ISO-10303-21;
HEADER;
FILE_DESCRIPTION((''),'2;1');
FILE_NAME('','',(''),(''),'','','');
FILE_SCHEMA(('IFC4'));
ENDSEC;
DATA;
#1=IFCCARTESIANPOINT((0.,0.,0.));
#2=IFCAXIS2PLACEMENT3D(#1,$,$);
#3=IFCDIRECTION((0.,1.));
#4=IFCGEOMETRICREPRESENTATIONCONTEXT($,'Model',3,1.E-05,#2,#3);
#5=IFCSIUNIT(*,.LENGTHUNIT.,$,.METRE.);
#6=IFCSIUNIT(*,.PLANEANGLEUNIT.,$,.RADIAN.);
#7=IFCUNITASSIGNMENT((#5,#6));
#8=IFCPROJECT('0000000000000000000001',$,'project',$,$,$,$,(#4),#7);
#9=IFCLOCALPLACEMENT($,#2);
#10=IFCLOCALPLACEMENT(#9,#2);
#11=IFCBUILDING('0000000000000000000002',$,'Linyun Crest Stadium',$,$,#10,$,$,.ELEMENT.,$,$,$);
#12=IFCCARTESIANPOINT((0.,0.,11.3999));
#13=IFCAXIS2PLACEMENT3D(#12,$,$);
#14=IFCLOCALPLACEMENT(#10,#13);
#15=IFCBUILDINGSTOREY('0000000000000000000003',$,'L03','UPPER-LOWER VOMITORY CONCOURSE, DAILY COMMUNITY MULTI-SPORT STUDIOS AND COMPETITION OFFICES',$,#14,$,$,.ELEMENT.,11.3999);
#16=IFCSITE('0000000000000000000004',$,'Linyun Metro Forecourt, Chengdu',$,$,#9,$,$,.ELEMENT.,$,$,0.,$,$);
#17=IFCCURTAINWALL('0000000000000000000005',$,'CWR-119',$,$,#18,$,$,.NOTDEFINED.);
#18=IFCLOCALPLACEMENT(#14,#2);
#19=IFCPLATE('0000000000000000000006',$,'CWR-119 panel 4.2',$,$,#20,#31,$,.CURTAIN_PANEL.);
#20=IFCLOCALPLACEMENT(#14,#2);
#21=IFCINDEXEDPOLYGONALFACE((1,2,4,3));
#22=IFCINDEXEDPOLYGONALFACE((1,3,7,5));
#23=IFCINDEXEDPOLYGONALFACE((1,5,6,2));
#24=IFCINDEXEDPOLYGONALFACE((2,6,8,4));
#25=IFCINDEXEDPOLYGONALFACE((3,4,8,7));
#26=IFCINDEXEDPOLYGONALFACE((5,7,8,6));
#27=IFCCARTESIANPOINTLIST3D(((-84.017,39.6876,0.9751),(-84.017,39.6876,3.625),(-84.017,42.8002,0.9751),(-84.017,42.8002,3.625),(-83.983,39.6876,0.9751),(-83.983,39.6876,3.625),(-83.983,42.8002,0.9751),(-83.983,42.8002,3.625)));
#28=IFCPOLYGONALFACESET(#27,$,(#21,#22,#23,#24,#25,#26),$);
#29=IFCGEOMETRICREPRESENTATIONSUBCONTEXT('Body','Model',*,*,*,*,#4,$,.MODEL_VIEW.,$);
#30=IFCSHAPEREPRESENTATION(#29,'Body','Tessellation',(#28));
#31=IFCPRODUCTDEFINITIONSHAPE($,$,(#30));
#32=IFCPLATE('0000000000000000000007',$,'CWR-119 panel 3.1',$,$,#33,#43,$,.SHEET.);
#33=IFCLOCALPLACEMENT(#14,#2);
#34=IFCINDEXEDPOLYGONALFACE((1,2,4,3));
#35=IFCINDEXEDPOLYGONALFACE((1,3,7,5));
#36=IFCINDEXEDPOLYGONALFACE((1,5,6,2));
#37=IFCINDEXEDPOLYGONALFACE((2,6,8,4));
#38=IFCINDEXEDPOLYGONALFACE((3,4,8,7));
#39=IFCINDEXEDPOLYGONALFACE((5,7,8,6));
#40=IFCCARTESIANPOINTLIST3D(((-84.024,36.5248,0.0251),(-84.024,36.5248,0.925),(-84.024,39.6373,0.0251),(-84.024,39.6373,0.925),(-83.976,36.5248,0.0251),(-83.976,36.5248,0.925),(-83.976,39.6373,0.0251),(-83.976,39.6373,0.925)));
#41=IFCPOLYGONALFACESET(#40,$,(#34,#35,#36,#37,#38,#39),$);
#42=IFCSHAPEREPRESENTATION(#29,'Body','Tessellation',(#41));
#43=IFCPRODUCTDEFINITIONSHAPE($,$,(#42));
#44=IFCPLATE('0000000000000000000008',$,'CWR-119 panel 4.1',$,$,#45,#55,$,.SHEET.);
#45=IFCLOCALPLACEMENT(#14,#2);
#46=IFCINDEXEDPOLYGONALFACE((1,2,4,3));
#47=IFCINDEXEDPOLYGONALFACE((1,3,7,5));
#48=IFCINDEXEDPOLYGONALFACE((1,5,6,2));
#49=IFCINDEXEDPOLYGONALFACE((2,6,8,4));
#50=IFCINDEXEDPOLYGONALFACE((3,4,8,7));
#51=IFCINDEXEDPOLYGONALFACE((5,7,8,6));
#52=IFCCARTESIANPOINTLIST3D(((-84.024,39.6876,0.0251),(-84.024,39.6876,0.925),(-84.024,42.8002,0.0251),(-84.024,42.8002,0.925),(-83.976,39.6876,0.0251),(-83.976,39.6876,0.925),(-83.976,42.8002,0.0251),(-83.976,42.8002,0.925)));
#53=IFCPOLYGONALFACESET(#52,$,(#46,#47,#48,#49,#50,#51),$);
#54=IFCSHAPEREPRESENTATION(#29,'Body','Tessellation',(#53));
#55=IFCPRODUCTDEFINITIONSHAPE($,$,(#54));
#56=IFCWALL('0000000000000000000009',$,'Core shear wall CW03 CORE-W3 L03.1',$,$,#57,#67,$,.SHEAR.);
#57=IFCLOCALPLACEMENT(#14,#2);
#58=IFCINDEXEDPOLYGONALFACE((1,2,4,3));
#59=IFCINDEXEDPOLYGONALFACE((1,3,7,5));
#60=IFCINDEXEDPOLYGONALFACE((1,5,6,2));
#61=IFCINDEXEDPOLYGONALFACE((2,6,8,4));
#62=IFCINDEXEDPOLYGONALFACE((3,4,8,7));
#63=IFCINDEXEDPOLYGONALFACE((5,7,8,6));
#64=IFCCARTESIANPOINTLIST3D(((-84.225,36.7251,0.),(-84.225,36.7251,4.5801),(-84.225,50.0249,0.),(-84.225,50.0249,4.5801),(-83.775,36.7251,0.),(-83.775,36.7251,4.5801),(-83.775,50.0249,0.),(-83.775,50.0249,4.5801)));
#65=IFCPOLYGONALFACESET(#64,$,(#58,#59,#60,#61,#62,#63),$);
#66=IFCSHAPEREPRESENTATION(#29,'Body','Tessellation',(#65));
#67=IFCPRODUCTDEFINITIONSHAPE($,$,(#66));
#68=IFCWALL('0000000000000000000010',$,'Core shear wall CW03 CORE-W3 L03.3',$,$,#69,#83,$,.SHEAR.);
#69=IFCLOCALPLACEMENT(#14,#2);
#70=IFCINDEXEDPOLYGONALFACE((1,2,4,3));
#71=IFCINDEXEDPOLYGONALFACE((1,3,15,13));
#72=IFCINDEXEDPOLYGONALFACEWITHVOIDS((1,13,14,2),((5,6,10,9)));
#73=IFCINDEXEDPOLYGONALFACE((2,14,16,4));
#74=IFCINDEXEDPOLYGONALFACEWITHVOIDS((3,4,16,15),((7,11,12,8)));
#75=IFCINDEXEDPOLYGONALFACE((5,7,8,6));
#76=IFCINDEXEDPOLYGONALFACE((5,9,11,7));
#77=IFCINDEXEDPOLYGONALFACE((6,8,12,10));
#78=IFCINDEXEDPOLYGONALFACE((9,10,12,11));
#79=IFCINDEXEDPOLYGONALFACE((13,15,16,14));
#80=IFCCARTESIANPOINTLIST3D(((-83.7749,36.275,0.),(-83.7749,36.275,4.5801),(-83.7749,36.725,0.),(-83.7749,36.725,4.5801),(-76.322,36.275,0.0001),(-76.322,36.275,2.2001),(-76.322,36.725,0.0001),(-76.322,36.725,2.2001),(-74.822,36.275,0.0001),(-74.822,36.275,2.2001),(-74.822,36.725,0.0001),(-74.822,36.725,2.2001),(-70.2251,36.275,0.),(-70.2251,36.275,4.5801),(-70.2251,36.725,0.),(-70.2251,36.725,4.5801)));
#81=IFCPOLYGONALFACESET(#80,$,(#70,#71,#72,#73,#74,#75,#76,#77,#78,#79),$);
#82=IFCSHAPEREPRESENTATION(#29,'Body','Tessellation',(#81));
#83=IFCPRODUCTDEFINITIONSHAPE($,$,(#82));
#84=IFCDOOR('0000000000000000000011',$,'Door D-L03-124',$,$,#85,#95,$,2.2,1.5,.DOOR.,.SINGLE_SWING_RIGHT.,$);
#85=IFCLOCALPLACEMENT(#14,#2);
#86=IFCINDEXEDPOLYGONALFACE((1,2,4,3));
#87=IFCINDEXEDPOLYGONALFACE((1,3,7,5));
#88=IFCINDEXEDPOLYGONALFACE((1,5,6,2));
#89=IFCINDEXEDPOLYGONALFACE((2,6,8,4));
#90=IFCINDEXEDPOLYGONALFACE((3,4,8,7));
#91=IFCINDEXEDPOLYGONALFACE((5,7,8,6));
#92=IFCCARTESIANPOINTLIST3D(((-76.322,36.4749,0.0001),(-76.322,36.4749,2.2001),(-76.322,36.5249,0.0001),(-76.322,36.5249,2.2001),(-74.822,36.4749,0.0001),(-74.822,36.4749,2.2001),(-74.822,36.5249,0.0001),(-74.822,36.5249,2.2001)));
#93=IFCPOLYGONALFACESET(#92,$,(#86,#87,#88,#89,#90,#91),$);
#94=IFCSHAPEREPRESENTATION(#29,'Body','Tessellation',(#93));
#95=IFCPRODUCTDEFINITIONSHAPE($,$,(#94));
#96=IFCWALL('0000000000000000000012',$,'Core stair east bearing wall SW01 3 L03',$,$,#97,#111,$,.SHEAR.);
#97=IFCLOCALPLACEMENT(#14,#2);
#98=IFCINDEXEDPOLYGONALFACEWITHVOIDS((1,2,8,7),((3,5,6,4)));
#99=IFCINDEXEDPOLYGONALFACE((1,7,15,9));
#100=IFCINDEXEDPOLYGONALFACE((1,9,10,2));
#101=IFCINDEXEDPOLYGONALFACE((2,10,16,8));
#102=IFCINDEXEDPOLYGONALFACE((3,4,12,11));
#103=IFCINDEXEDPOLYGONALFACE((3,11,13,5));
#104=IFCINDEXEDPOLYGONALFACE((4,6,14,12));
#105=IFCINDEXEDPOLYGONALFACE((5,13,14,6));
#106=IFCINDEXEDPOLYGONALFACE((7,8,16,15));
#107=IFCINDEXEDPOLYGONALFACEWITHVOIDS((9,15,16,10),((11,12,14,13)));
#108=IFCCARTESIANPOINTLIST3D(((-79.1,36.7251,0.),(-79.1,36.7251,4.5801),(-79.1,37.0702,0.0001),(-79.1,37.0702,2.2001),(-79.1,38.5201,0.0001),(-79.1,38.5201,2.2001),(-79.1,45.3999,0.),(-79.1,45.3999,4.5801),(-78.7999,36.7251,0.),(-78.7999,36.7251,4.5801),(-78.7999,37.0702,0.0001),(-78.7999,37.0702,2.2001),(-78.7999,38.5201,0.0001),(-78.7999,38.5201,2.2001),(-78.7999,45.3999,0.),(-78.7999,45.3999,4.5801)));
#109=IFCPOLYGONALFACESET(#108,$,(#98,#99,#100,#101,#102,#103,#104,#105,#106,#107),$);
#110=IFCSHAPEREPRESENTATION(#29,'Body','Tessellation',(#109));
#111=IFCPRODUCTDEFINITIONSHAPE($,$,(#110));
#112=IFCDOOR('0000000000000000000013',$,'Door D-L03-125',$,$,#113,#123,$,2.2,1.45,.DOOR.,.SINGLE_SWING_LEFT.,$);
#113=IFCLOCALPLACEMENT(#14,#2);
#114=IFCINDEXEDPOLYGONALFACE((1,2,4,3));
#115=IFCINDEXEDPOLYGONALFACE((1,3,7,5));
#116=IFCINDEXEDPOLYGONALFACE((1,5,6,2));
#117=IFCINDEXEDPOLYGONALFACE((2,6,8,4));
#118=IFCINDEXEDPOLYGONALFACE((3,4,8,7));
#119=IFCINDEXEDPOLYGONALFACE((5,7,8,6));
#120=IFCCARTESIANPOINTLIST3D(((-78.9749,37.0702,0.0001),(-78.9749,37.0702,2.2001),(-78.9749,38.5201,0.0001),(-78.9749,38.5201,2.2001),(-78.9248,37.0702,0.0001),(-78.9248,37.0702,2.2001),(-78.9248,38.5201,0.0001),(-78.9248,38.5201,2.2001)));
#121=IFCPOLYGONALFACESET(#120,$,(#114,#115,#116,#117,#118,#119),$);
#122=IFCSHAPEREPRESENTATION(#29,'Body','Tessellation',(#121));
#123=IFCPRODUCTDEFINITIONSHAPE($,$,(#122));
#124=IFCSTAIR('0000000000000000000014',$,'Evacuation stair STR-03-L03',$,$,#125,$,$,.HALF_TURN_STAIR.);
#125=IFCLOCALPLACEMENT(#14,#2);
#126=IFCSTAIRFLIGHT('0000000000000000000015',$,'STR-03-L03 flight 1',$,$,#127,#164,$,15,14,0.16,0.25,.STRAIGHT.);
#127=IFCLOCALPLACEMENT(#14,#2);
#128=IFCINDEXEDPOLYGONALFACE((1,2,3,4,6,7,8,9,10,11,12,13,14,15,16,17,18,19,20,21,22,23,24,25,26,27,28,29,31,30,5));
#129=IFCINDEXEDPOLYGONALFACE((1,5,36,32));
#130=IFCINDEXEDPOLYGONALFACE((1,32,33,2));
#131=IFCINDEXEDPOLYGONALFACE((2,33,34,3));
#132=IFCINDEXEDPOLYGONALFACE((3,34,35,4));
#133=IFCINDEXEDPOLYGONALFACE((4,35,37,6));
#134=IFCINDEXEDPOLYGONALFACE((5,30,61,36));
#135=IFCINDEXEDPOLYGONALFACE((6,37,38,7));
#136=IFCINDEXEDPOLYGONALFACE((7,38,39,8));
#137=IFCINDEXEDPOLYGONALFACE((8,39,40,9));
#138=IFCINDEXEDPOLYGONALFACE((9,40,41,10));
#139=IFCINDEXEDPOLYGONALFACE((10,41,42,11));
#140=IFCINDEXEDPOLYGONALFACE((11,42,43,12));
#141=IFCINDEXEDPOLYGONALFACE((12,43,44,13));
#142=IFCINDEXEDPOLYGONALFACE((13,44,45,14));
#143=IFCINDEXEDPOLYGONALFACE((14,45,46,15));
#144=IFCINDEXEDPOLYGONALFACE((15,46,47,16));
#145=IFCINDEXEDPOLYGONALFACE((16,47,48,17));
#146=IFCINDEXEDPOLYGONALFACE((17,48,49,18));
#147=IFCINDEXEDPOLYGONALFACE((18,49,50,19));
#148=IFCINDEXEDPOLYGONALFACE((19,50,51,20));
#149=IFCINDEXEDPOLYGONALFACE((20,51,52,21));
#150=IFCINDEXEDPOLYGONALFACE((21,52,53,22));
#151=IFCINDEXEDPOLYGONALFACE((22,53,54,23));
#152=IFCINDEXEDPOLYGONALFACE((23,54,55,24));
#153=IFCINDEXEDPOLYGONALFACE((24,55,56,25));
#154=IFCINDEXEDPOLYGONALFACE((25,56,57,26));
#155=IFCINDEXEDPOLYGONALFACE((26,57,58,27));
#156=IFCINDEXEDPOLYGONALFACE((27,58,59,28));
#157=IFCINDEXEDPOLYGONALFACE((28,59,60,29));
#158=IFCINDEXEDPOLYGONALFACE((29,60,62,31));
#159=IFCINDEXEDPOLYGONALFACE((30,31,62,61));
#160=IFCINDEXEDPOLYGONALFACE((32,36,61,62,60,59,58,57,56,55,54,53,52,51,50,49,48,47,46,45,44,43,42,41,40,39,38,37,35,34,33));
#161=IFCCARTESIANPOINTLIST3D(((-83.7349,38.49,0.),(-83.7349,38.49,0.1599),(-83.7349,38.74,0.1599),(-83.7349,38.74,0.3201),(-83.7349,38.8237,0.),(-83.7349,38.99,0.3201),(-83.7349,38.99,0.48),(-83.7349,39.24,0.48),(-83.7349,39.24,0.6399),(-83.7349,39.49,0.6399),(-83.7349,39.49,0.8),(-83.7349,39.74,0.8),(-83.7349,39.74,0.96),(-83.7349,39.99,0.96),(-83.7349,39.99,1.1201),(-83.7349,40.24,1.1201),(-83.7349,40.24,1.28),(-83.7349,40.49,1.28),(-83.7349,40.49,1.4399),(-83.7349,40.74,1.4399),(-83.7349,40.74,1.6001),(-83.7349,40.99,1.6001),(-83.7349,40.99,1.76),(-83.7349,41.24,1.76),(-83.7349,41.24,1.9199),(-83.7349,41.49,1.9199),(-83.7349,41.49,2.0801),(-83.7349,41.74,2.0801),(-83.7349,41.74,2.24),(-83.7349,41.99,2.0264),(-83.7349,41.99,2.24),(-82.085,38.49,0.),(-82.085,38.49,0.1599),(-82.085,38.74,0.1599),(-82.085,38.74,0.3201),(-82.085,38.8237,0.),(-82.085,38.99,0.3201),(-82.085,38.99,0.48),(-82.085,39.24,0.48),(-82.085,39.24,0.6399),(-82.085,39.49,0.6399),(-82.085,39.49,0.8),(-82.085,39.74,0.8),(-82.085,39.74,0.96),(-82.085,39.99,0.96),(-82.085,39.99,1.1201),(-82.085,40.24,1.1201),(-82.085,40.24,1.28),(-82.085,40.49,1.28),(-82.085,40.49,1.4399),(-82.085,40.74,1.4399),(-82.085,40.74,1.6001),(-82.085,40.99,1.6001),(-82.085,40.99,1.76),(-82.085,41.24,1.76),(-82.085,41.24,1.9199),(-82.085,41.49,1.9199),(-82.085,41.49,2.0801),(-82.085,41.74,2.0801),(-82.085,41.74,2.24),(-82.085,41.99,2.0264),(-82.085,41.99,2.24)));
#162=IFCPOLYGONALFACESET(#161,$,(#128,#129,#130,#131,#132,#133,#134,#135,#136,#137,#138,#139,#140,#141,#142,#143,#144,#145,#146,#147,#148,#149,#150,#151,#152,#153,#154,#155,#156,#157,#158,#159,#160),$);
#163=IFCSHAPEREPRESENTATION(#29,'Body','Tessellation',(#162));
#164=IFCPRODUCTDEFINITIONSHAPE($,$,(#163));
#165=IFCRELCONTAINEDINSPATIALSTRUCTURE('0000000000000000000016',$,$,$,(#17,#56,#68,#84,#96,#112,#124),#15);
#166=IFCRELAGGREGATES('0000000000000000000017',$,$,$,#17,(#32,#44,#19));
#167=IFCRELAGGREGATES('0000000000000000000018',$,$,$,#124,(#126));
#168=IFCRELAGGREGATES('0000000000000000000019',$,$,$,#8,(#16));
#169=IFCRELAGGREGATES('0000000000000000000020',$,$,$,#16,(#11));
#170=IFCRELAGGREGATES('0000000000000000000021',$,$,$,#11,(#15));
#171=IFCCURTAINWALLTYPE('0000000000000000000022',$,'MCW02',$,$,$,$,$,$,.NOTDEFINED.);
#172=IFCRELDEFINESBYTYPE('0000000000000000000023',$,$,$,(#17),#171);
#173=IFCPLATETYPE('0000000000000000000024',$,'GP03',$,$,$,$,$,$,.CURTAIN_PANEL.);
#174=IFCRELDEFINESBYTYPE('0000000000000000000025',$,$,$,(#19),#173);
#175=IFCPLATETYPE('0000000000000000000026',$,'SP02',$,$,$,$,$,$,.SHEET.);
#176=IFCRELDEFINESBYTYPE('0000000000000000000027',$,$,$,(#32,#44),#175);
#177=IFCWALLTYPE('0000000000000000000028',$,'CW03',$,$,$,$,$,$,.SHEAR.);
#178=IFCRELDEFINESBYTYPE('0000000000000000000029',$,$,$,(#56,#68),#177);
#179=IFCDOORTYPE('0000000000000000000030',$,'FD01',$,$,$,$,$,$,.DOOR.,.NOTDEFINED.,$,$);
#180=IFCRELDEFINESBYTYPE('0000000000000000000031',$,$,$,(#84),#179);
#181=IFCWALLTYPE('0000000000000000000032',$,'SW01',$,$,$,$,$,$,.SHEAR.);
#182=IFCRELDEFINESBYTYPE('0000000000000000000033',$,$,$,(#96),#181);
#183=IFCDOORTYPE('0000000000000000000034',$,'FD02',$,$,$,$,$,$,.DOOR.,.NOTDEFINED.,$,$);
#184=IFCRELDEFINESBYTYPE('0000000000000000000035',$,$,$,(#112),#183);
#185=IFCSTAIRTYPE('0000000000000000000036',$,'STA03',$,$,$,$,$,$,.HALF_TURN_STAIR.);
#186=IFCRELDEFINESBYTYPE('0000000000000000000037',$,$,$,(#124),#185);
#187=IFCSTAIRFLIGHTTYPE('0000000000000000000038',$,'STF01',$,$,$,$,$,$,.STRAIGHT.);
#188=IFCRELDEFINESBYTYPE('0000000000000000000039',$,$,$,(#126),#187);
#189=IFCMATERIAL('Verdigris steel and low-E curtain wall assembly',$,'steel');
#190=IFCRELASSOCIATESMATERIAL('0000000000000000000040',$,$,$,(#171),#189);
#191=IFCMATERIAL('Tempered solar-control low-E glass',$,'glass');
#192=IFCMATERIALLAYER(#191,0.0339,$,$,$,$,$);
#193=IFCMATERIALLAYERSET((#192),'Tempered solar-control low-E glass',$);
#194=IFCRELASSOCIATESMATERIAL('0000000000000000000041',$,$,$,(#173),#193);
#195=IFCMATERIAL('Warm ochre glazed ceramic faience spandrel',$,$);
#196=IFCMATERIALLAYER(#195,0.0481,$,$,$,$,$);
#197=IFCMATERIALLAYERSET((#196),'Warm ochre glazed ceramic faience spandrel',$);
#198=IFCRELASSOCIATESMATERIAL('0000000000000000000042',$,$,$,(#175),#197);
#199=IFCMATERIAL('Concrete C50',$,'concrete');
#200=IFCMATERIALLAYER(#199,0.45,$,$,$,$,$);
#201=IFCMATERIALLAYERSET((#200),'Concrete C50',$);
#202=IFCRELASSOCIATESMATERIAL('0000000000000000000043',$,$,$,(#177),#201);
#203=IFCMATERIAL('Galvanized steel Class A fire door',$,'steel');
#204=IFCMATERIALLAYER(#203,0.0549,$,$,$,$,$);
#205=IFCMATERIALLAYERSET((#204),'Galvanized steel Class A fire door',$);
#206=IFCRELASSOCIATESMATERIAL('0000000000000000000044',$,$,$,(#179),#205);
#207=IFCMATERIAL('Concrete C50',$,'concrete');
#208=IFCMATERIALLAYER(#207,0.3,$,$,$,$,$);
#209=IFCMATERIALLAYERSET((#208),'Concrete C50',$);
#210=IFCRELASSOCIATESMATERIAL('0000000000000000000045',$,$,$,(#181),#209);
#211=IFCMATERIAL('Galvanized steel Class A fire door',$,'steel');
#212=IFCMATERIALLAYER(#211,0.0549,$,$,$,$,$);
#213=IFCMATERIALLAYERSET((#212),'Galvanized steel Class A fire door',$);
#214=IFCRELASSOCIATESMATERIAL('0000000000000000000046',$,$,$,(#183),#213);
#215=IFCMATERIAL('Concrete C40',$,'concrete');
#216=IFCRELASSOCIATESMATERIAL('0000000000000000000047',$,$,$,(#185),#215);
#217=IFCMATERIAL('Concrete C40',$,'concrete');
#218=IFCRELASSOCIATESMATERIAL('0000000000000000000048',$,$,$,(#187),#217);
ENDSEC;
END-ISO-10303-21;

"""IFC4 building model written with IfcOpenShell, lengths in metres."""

from ifc_helpers import new_model, si_unit, direction, frame, frame_2d, origin, origin_2d, place, context, subcontext, project, spatial, polyline, rectangle, outline, extrude, material, layer, layer_set, type_object, element, fill, aggregate, save


model = new_model("IFC4")

# Units and contexts
model_context = context("Model", 3, precision=1e-05, world=origin(), true_north=direction((0.0, 1.0)))
body_context = subcontext(model_context, "Body", "Model", "MODEL_VIEW")
ifc_project = project(units=[si_unit("LENGTHUNIT", "METRE"), si_unit("PLANEANGLEUNIT", "RADIAN")], contexts=[model_context])

# Site, building, storey
site_placement = place(None, origin())
site = spatial("IfcSite", under=ifc_project, at=site_placement, Name="Linyun Metro Forecourt, Chengdu", CompositionType="ELEMENT", RefElevation=0.0)
building_placement = place(site_placement, origin())
building = spatial("IfcBuilding", under=site, at=building_placement, Name="Linyun Crest Stadium", CompositionType="ELEMENT")
storey_placement = place(building_placement, frame((0.0, 0.0, 11.3999)))
storey = spatial("IfcBuildingStorey", under=building, at=storey_placement, Name="L03", Description="UPPER-LOWER VOMITORY CONCOURSE, DAILY COMMUNITY MULTI-SPORT STUDIOS AND COMPETITION OFFICES", CompositionType="ELEMENT", Elevation=11.3999)

# Curtain wall, plates
ifc_material_1 = material(Name="Verdigris steel and low-E curtain wall assembly", Category="steel")
curtain_wall_type = type_object("IfcCurtainWallType", Name="MCW02", PredefinedType="NOTDEFINED", material=ifc_material_1)
curtain_wall_placement = place(storey_placement, origin())
curtain_wall = element("IfcCurtainWall", 1, at=curtain_wall_placement, inside=storey, type_object=curtain_wall_type, Name="CWR-119", PredefinedType="NOTDEFINED")
ifc_material_2 = material(Name="Tempered solar-control low-E glass", Category="glass")
ifc_layer_1 = layer(ifc_material_2, 0.0339)
ifc_layer_set_1 = layer_set([ifc_layer_1], Name="Tempered solar-control low-E glass")
plate_type_1 = type_object("IfcPlateType", Name="GP03", PredefinedType="CURTAIN_PANEL", material=ifc_layer_set_1)
plate_1_placement = place(storey_placement, frame((-84.0, 41.2439, 0.9751), z_axis=(0.0, 0.0, 1.0), x_axis=(0.0, 1.0, 0.0)))
plate_1 = element("IfcPlate", 2, at=plate_1_placement, type_object=plate_type_1, Name="CWR-119 panel 4.2", PredefinedType="CURTAIN_PANEL", context=body_context, shape_type="SweptSolid", body=[
    extrude(rectangle(XDim=3.1125, YDim=0.0339, at=origin_2d()), origin(), (0.0, 0.0, 1.0), 2.6499),
])
ifc_material_3 = material(Name="Warm ochre glazed ceramic faience spandrel")
ifc_layer_2 = layer(ifc_material_3, 0.0481)
ifc_layer_set_2 = layer_set([ifc_layer_2], Name="Warm ochre glazed ceramic faience spandrel")
plate_type_2 = type_object("IfcPlateType", Name="SP02", PredefinedType="SHEET", material=ifc_layer_set_2)
plate_2_placement = place(storey_placement, frame((-84.0, 38.0811, 0.0251), z_axis=(0.0, 0.0, 1.0), x_axis=(0.0, 1.0, 0.0)))
plate_2 = element("IfcPlate", 3, at=plate_2_placement, type_object=plate_type_2, Name="CWR-119 panel 3.1", PredefinedType="SHEET", context=body_context, shape_type="SweptSolid", body=[
    extrude(rectangle(XDim=3.1125, YDim=0.0481, at=origin_2d()), origin(), (0.0, 0.0, 1.0), 0.8999),
])
plate_3_placement = place(storey_placement, frame((-84.0, 41.2439, 0.0251), z_axis=(0.0, 0.0, 1.0), x_axis=(0.0, 1.0, 0.0)))
plate_3 = element("IfcPlate", 4, at=plate_3_placement, type_object=plate_type_2, Name="CWR-119 panel 4.1", PredefinedType="SHEET", context=body_context, shape_type="SweptSolid", body=[
    extrude(rectangle(XDim=3.1125, YDim=0.0481, at=origin_2d()), origin(), (0.0, 0.0, 1.0), 0.8999),
])
aggregate(curtain_wall, [plate_2, plate_3, plate_1])

# Wall
ifc_material_4 = material(Name="Concrete C50", Category="concrete")
ifc_layer_3 = layer(ifc_material_4, 0.45)
ifc_layer_set_3 = layer_set([ifc_layer_3], Name="Concrete C50")
wall_type_1 = type_object("IfcWallType", Name="CW03", PredefinedType="SHEAR", material=ifc_layer_set_3)
wall_1_placement = place(storey_placement, frame((-84.0, 36.7251, 0.0), z_axis=(0.0, 0.0, 1.0), x_axis=(0.0, 1.0, 0.0)))
element("IfcWall", 5, at=wall_1_placement, inside=storey, type_object=wall_type_1, Name="Core shear wall CW03 CORE-W3 L03.1", PredefinedType="SHEAR", context=body_context, shape_type="SweptSolid", body=[
    extrude(rectangle(XDim=13.2998, YDim=0.45, at=frame_2d((6.6499, 0.0))), origin(), (0.0, 0.0, 1.0), 4.5801),
])

# Walls, openings, doors
wall_2_placement = place(storey_placement, frame((-83.7749, 36.5, 0.0), z_axis=(0.0, 0.0, 1.0), x_axis=(1.0, 0.0, 0.0)))
wall_2 = element("IfcWall", 6, at=wall_2_placement, inside=storey, type_object=wall_type_1, Name="Core shear wall CW03 CORE-W3 L03.3", PredefinedType="SHEAR", context=body_context, shape_type="SweptSolid", body=[
    extrude(rectangle(XDim=13.5498, YDim=0.45, at=frame_2d((6.7749, 0.0))), origin(), (0.0, 0.0, 1.0), 4.5801),
])
opening_1_placement = place(wall_2_placement, frame((7.4529, 0.0, 0.0)))
opening_1 = element("IfcOpeningElement", 7, at=opening_1_placement, cuts=wall_2, PredefinedType="OPENING", context=body_context, shape_type="SweptSolid", body=[
    extrude(rectangle(XDim=1.5, YDim=2.2, at=frame_2d((0.75, 1.1001))), frame((0.0, 0.2349, 0.0), z_axis=(0.0, -1.0, 0.0), x_axis=(1.0, 0.0, 0.0)), (0.0, 0.0, 1.0), 0.47),
])
ifc_material_5 = material(Name="Galvanized steel Class A fire door", Category="steel")
ifc_layer_4 = layer(ifc_material_5, 0.0549)
ifc_layer_set_4 = layer_set([ifc_layer_4], Name="Galvanized steel Class A fire door")
door_type_1 = type_object("IfcDoorType", Name="FD01", OperationType="NOTDEFINED", PredefinedType="DOOR", material=ifc_layer_set_4)
door_1_placement = place(opening_1_placement, origin())
door_1 = element("IfcDoor", 8, at=door_1_placement, inside=storey, type_object=door_type_1, Name="Door D-L03-124", OperationType="SINGLE_SWING_RIGHT", OverallHeight=2.2, OverallWidth=1.5, PredefinedType="DOOR", context=body_context, shape_type="SweptSolid", body=[
    extrude(rectangle(XDim=1.5, YDim=2.2, at=frame_2d((0.75, 1.1001))), frame((0.0, 0.0249, 0.0), z_axis=(0.0, -1.0, 0.0), x_axis=(1.0, 0.0, 0.0)), (0.0, 0.0, 1.0), 0.05),
])
fill(opening_1, door_1)
ifc_material_6 = material(Name="Concrete C50", Category="concrete")
ifc_layer_5 = layer(ifc_material_6, 0.3)
ifc_layer_set_5 = layer_set([ifc_layer_5], Name="Concrete C50")
wall_type_2 = type_object("IfcWallType", Name="SW01", PredefinedType="SHEAR", material=ifc_layer_set_5)
wall_3_placement = place(storey_placement, frame((-78.95, 36.7251, 0.0), z_axis=(0.0, 0.0, 1.0), x_axis=(0.0, 1.0, 0.0)))
wall_3 = element("IfcWall", 9, at=wall_3_placement, inside=storey, type_object=wall_type_2, Name="Core stair east bearing wall SW01 3 L03", PredefinedType="SHEAR", context=body_context, shape_type="SweptSolid", body=[
    extrude(rectangle(XDim=8.6748, YDim=0.3, at=frame_2d((4.3374, 0.0))), origin(), (0.0, 0.0, 1.0), 4.5801),
])
opening_2_placement = place(wall_3_placement, frame((0.345, 0.0, 0.0)))
opening_2 = element("IfcOpeningElement", 10, at=opening_2_placement, cuts=wall_3, PredefinedType="OPENING", context=body_context, shape_type="SweptSolid", body=[
    extrude(rectangle(XDim=1.45, YDim=2.2, at=frame_2d((0.7251, 1.1001))), frame((0.0, 0.1599, 0.0), z_axis=(0.0, -1.0, 0.0), x_axis=(1.0, 0.0, 0.0)), (0.0, 0.0, 1.0), 0.3201),
])
ifc_material_7 = material(Name="Galvanized steel Class A fire door", Category="steel")
ifc_layer_6 = layer(ifc_material_7, 0.0549)
ifc_layer_set_6 = layer_set([ifc_layer_6], Name="Galvanized steel Class A fire door")
door_type_2 = type_object("IfcDoorType", Name="FD02", OperationType="NOTDEFINED", PredefinedType="DOOR", material=ifc_layer_set_6)
door_2_placement = place(opening_2_placement, origin())
door_2 = element("IfcDoor", 11, at=door_2_placement, inside=storey, type_object=door_type_2, Name="Door D-L03-125", OperationType="SINGLE_SWING_LEFT", OverallHeight=2.2, OverallWidth=1.45, PredefinedType="DOOR", context=body_context, shape_type="SweptSolid", body=[
    extrude(rectangle(XDim=1.45, YDim=2.2, at=frame_2d((0.7251, 1.1001))), frame((0.0, 0.0249, 0.0), z_axis=(0.0, -1.0, 0.0), x_axis=(1.0, 0.0, 0.0)), (0.0, 0.0, 1.0), 0.05),
])
fill(opening_2, door_2)

# Stair, stair flight
ifc_material_8 = material(Name="Concrete C40", Category="concrete")
stair_type = type_object("IfcStairType", Name="STA03", PredefinedType="HALF_TURN_STAIR", material=ifc_material_8)
stair_placement = place(storey_placement, origin())
stair = element("IfcStair", 12, at=stair_placement, inside=storey, type_object=stair_type, Name="Evacuation stair STR-03-L03", PredefinedType="HALF_TURN_STAIR")
ifc_material_9 = material(Name="Concrete C40", Category="concrete")
stair_flight_type = type_object("IfcStairFlightType", Name="STF01", PredefinedType="STRAIGHT", material=ifc_material_9)
stair_flight_1_placement = place(storey_placement, frame((-82.9099, 38.49, 0.0), z_axis=(0.0, 0.0, 1.0), x_axis=(0.0, 1.0, 0.0)))
stair_flight_1 = element("IfcStairFlight", 13, at=stair_flight_1_placement, type_object=stair_flight_type, Name="STR-03-L03 flight 1", NumberOfRisers=15, NumberOfTreads=14, PredefinedType="STRAIGHT", RiserHeight=0.16, TreadLength=0.25, context=body_context, shape_type="SweptSolid", body=[
    extrude(outline(polyline([(0.0, 0.0), (0.0, 0.1599), (0.25, 0.1599), (0.25, 0.3201), (0.5, 0.3201), (0.5, 0.48), (0.75, 0.48), (0.75, 0.6399), (1.0, 0.6399), (1.0, 0.8), (1.25, 0.8), (1.25, 0.96), (1.5, 0.96), (1.5, 1.1201), (1.75, 1.1201), (1.75, 1.28), (2.0, 1.28), (2.0, 1.4399), (2.25, 1.4399), (2.25, 1.6001), (2.5, 1.6001), (2.5, 1.76), (2.75, 1.76), (2.75, 1.9199), (3.0, 1.9199), (3.0, 2.0801), (3.25, 2.0801), (3.25, 2.24), (3.5, 2.24), (3.5, 2.3999), (3.5, 2.0264), (0.3337, 0.0), (0.0, 0.0)])), frame((0.0, 0.825, 0.0), z_axis=(0.0, -1.0, 0.0), x_axis=(1.0, 0.0, 0.0)), (0.0, 0.0, 1.0), 1.6499),
])
aggregate(stair, [stair_flight_1])

save(model, "model.ifc")
